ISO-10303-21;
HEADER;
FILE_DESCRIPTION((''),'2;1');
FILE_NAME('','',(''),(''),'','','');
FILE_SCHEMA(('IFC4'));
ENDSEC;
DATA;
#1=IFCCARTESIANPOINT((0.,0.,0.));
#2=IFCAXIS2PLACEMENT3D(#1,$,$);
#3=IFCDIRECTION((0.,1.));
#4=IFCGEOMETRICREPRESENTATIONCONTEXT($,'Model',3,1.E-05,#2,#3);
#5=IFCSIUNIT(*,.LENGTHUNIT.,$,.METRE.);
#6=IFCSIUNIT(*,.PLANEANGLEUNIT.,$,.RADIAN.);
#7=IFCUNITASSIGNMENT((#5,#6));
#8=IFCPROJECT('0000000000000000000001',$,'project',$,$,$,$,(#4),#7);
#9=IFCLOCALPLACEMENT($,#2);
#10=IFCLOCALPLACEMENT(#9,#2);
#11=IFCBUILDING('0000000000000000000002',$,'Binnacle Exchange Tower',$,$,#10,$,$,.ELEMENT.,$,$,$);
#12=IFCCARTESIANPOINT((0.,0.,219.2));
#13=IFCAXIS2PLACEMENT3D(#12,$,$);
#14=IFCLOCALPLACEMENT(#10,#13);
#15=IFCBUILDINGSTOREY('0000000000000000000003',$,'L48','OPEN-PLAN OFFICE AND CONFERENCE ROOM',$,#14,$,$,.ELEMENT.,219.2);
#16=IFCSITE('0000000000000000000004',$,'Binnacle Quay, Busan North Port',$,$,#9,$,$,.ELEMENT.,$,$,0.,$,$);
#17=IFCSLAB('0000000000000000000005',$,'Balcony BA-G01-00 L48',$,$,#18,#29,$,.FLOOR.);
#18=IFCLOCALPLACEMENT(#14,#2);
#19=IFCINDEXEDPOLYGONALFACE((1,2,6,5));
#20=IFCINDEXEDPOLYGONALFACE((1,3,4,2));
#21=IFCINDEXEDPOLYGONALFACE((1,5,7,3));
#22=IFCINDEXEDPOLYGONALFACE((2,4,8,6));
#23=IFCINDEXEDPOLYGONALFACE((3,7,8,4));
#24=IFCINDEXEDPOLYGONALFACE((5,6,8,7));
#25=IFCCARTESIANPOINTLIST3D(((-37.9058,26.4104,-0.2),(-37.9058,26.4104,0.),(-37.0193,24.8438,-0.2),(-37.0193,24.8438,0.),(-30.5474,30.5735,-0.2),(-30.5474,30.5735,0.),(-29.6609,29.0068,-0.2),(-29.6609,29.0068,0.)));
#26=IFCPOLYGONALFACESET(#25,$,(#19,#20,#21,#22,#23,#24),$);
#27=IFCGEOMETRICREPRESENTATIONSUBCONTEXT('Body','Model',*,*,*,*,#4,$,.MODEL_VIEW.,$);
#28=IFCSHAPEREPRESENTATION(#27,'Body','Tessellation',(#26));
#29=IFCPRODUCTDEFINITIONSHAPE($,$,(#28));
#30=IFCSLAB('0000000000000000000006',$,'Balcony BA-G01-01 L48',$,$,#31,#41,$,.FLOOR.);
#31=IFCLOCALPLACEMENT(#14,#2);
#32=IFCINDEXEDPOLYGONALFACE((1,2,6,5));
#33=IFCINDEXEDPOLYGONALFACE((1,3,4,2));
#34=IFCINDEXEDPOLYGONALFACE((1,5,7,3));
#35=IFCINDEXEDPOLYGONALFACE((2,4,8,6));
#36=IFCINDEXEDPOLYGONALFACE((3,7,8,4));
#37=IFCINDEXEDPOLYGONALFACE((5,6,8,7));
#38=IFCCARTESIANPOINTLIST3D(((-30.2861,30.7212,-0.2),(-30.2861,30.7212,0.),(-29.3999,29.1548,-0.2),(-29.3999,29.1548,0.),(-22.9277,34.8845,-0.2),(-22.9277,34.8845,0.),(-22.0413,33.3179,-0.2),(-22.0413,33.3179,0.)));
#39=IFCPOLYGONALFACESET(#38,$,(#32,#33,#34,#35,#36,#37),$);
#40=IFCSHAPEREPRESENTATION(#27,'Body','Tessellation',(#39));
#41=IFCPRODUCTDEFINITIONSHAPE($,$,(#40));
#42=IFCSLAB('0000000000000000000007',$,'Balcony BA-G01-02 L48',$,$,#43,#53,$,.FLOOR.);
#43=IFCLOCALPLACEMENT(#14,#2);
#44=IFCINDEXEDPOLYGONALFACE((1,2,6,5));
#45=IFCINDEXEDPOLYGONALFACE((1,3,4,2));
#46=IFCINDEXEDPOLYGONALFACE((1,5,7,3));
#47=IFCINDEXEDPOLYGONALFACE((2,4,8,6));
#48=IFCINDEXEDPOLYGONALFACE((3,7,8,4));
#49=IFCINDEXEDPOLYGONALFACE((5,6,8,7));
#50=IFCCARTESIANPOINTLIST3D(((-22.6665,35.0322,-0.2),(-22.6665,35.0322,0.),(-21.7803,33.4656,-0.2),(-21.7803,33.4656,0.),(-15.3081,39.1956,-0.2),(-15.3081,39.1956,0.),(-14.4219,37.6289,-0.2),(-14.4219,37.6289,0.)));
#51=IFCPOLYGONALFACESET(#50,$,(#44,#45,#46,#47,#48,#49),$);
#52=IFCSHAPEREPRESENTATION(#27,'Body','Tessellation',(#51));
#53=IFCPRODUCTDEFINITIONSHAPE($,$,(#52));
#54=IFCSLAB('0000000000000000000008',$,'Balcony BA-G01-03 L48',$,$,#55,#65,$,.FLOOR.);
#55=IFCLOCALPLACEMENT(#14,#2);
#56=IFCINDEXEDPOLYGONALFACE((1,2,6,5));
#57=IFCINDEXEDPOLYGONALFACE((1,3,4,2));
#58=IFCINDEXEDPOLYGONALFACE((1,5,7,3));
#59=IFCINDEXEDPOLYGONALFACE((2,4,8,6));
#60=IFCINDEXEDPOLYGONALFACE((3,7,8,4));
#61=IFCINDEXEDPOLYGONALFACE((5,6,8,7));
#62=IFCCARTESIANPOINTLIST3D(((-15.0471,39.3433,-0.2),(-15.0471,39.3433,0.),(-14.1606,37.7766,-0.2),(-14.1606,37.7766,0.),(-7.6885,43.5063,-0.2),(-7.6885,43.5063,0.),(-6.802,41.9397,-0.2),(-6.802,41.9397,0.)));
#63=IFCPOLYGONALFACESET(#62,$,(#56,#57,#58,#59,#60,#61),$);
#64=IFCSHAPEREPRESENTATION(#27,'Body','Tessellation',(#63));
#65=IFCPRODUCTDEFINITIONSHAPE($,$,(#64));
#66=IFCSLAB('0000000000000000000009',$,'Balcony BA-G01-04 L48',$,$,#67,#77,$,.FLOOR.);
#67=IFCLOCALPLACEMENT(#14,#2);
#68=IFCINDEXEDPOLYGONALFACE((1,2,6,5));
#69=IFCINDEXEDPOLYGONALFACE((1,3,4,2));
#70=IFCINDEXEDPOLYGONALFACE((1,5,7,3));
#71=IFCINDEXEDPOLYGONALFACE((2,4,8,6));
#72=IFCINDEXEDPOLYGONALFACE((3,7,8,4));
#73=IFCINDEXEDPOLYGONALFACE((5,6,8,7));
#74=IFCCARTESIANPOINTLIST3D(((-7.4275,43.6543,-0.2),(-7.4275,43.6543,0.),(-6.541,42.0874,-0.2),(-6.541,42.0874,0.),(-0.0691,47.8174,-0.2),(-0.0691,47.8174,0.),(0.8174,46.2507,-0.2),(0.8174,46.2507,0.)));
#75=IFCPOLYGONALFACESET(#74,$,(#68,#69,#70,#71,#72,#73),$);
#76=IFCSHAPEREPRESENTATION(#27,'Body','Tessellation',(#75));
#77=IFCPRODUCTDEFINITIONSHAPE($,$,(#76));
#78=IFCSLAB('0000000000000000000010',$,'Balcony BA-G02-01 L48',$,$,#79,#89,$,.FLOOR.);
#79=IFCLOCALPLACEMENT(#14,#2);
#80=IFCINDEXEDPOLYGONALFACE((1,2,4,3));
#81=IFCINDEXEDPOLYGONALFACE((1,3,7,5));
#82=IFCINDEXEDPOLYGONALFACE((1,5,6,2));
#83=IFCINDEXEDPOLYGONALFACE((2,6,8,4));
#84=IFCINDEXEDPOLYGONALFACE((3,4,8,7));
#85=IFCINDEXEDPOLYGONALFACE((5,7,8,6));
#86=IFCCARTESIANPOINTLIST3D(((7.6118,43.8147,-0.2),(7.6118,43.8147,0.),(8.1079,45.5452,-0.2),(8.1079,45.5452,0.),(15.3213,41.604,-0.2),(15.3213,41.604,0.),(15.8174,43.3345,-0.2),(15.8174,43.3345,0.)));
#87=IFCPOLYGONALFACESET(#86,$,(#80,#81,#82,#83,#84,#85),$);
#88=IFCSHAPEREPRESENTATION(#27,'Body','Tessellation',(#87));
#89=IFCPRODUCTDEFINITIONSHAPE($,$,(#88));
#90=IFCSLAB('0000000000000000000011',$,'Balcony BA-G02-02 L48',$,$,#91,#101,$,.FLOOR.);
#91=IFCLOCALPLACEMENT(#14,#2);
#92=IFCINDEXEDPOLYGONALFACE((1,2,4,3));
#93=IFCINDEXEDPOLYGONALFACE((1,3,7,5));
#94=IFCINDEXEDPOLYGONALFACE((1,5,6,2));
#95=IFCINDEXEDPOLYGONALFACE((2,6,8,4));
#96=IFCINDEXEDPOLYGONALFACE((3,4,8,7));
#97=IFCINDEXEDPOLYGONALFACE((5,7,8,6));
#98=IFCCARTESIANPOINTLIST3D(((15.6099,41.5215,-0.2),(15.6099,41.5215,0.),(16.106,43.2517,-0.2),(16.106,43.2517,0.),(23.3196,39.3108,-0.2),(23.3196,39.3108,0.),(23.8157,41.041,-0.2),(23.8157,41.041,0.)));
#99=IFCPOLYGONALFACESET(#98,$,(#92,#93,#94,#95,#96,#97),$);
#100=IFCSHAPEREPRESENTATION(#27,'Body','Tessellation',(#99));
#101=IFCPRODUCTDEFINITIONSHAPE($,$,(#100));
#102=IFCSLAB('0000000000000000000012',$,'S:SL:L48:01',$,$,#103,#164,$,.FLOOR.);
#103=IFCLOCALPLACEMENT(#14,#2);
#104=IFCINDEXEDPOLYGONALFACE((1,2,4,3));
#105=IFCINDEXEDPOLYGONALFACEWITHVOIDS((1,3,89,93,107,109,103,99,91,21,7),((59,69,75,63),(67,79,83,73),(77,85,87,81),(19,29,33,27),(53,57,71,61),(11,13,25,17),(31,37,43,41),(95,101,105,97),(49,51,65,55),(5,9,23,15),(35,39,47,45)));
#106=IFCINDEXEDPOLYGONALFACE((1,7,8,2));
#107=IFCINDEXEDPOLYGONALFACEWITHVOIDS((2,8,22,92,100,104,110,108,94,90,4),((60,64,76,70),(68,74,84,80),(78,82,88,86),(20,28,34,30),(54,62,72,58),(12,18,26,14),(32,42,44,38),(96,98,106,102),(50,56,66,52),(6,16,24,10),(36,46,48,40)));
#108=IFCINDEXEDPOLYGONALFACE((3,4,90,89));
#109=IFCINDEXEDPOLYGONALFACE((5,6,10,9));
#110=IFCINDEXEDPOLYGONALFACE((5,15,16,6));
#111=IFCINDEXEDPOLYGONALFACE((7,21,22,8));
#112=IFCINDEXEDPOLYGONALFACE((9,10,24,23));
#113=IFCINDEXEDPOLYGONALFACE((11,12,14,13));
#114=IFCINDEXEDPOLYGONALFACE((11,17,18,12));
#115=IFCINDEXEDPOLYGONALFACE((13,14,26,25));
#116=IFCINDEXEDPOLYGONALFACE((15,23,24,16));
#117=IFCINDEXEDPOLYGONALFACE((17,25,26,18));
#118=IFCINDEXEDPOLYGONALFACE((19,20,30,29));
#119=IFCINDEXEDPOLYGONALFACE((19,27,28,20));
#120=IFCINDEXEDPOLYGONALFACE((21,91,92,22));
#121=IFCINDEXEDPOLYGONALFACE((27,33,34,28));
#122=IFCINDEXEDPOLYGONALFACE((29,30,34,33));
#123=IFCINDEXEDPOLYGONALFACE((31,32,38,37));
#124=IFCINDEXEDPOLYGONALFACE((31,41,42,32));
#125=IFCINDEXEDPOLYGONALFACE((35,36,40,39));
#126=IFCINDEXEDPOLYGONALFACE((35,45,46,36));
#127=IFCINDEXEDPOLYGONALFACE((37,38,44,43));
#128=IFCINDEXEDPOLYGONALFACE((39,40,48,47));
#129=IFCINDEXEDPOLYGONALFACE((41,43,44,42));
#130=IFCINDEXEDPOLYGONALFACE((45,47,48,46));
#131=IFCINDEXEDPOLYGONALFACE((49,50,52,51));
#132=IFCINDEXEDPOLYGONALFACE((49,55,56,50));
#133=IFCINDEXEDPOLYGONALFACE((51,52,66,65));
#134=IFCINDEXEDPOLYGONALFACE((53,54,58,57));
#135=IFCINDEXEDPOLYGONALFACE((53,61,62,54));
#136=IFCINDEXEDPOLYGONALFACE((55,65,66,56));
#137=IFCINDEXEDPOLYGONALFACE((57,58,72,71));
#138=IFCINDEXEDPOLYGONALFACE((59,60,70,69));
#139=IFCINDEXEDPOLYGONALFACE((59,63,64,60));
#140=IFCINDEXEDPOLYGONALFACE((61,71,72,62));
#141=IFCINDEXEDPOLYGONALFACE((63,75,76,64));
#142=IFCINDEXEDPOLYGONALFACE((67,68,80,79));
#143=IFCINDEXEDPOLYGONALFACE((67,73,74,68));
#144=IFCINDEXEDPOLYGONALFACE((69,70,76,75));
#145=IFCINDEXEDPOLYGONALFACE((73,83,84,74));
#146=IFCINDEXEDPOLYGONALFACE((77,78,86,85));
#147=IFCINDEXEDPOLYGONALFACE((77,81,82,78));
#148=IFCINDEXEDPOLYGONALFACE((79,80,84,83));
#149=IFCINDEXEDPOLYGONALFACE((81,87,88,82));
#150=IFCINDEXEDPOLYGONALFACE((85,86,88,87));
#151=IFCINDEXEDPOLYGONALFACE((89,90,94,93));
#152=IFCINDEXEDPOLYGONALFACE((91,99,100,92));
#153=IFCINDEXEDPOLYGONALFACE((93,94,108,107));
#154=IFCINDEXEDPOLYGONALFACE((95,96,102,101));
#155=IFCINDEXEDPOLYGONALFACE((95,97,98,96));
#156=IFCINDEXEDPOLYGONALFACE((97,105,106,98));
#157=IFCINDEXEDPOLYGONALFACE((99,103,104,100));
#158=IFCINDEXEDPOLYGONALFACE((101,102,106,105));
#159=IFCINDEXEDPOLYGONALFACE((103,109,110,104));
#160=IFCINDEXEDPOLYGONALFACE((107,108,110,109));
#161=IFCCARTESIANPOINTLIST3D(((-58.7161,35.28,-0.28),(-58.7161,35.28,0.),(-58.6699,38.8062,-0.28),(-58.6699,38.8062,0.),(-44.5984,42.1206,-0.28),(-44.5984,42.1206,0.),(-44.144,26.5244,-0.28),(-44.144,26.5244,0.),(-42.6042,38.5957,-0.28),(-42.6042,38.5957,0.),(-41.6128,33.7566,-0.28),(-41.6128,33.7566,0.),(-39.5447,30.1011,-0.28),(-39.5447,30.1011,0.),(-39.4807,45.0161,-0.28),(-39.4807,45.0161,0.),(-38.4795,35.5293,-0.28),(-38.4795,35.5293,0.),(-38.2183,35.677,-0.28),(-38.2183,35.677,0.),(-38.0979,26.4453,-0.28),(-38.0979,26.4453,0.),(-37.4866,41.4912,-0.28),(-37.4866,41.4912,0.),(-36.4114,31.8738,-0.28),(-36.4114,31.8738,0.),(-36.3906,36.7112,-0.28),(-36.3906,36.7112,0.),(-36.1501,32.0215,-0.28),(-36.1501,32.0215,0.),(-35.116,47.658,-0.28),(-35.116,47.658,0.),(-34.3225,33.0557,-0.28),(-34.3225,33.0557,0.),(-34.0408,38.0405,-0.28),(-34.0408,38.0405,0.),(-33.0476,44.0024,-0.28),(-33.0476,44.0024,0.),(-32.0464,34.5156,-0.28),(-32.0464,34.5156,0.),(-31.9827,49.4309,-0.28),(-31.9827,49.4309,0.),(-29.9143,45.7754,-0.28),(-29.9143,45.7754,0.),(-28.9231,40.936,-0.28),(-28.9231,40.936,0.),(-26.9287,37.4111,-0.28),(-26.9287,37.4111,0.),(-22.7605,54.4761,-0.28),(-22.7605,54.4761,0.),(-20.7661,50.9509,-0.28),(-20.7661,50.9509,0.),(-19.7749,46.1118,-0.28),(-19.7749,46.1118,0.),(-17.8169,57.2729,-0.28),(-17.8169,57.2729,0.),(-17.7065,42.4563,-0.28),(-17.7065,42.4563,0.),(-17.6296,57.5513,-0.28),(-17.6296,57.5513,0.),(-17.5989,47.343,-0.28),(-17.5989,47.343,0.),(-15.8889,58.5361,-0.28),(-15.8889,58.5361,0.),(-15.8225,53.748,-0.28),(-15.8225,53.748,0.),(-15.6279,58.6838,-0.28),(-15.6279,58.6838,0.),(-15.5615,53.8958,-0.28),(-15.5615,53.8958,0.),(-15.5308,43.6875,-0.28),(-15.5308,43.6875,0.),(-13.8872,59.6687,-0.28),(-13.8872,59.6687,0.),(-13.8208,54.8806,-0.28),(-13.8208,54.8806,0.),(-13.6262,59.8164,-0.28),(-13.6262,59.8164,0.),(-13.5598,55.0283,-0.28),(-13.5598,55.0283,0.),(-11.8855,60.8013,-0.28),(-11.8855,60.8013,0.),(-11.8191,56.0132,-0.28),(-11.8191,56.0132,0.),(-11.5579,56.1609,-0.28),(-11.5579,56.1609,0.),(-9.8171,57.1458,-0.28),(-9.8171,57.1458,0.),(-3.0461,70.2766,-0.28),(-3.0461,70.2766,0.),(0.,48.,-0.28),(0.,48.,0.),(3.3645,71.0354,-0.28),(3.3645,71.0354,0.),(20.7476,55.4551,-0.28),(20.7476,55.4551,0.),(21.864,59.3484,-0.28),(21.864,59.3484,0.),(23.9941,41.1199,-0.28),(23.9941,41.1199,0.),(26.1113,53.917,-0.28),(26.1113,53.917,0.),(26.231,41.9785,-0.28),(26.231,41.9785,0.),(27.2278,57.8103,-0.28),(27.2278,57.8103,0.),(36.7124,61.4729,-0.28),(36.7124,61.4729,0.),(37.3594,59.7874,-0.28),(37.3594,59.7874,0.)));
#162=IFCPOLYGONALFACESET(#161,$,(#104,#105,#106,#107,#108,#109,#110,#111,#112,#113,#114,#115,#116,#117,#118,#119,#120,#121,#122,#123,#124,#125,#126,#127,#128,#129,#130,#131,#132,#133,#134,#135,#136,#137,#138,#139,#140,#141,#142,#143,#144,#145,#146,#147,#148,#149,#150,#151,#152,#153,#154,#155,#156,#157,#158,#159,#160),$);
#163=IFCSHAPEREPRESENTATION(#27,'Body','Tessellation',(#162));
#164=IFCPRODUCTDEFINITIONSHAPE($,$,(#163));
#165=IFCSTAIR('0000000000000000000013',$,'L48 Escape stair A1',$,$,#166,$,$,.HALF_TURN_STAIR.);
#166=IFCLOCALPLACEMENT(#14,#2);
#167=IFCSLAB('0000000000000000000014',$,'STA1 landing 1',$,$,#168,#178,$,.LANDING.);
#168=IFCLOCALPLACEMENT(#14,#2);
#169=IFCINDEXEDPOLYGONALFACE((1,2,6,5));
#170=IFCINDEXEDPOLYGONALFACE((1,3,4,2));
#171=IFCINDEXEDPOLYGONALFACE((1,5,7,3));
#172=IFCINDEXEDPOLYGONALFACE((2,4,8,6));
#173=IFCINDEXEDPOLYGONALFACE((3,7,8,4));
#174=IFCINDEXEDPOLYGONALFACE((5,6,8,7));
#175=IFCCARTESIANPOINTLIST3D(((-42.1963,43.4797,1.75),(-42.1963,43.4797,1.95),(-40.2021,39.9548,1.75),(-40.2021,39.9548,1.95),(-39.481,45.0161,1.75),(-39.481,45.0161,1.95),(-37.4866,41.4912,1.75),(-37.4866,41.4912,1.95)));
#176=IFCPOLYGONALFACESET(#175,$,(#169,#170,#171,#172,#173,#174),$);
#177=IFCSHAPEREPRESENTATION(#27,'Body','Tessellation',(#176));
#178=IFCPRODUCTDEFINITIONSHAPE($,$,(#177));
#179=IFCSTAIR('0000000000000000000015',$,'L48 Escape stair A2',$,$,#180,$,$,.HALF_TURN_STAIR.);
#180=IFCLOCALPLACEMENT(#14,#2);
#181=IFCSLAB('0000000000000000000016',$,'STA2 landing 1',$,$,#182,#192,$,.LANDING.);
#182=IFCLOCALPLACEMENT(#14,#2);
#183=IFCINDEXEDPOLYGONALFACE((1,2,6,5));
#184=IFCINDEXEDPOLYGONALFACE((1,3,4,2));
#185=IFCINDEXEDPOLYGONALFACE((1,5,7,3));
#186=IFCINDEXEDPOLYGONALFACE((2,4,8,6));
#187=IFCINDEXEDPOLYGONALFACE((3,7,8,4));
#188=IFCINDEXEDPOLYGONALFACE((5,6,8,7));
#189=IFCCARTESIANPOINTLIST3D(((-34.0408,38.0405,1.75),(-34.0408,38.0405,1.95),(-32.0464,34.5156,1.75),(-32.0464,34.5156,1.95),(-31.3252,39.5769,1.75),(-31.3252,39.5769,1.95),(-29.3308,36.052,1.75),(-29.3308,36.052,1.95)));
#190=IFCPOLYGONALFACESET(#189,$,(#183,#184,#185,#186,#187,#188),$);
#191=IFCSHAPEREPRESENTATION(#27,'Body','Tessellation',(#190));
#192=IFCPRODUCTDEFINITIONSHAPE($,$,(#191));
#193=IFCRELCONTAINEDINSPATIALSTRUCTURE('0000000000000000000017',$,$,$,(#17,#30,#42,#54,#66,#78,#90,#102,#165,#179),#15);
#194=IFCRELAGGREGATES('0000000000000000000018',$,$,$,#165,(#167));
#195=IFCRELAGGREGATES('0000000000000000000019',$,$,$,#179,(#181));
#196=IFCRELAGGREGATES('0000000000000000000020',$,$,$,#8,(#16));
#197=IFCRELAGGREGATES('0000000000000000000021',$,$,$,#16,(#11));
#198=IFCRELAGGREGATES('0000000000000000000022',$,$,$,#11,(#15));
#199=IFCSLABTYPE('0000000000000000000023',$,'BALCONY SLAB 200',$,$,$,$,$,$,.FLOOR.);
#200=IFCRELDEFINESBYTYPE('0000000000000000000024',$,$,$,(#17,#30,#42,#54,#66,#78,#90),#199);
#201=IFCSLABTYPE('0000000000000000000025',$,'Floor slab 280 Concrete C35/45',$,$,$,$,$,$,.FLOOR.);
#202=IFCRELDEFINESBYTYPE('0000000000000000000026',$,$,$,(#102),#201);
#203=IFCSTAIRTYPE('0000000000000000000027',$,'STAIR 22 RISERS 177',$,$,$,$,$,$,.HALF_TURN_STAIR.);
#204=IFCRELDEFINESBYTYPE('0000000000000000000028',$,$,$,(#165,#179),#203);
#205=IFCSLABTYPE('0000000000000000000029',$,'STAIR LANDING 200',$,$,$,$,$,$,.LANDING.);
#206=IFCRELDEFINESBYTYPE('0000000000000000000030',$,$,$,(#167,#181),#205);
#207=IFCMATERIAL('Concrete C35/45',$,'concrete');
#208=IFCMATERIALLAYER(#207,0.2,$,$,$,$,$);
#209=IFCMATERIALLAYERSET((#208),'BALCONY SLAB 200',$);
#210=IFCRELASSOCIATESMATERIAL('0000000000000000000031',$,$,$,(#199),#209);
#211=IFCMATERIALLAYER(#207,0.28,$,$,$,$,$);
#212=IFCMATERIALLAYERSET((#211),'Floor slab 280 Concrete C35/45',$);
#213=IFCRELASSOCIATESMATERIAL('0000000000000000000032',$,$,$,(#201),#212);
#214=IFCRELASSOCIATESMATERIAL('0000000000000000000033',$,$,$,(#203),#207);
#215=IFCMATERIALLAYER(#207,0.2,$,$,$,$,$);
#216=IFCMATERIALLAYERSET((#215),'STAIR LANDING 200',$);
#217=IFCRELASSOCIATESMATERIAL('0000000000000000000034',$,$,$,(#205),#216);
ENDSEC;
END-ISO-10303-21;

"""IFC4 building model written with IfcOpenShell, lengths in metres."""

from ifc_helpers import new_model, si_unit, direction, frame, origin, place, context, subcontext, project, spatial, polyline, outline, extrude, material, layer, layer_set, type_object, element, aggregate, save


model = new_model("IFC4")

# Units and contexts
model_context = context("Model", 3, precision=1e-05, world=origin(), true_north=direction((0.0, 1.0)))
body_context = subcontext(model_context, "Body", "Model", "MODEL_VIEW")
ifc_project = project(units=[si_unit("LENGTHUNIT", "METRE"), si_unit("PLANEANGLEUNIT", "RADIAN")], contexts=[model_context])

# Site, building, storey
site_placement = place(None, origin())
site = spatial("IfcSite", under=ifc_project, at=site_placement, Name="Binnacle Quay, Busan North Port", CompositionType="ELEMENT", RefElevation=0.0)
building_placement = place(site_placement, origin())
building = spatial("IfcBuilding", under=site, at=building_placement, Name="Binnacle Exchange Tower", CompositionType="ELEMENT")
storey_placement = place(building_placement, frame((0.0, 0.0, 219.2)))
storey = spatial("IfcBuildingStorey", under=building, at=storey_placement, Name="L48", Description="OPEN-PLAN OFFICE AND CONFERENCE ROOM", CompositionType="ELEMENT", Elevation=219.2)

# Slabs
ifc_material_1 = material(Name="Concrete C35/45", Category="concrete")
ifc_layer_1 = layer(ifc_material_1, 0.2)
ifc_layer_set_1 = layer_set([ifc_layer_1], Name="BALCONY SLAB 200")
slab_type_1 = type_object("IfcSlabType", Name="BALCONY SLAB 200", PredefinedType="FLOOR", material=ifc_layer_set_1)
slab_1_placement = place(storey_placement, frame((0.0, 0.0, -0.2)))
element("IfcSlab", 1, at=slab_1_placement, inside=storey, type_object=slab_type_1, Name="Balcony BA-G01-00 L48", PredefinedType="FLOOR", context=body_context, shape_type="SweptSolid", body=[
    extrude(outline(polyline([(-37.9058, 26.4104), (-30.5474, 30.5735), (-29.6609, 29.0068), (-37.0193, 24.8438), (-37.9058, 26.4104)])), origin(), (0.0, 0.0, 1.0), 0.2),
])
slab_2_placement = place(storey_placement, frame((0.0, 0.0, -0.2)))
element("IfcSlab", 2, at=slab_2_placement, inside=storey, type_object=slab_type_1, Name="Balcony BA-G01-01 L48", PredefinedType="FLOOR", context=body_context, shape_type="SweptSolid", body=[
    extrude(outline(polyline([(-30.2861, 30.7212), (-22.9277, 34.8845), (-22.0413, 33.3179), (-29.3999, 29.1548), (-30.2861, 30.7212)])), origin(), (0.0, 0.0, 1.0), 0.2),
])
slab_3_placement = place(storey_placement, frame((0.0, 0.0, -0.2)))
element("IfcSlab", 3, at=slab_3_placement, inside=storey, type_object=slab_type_1, Name="Balcony BA-G01-02 L48", PredefinedType="FLOOR", context=body_context, shape_type="SweptSolid", body=[
    extrude(outline(polyline([(-22.6665, 35.0322), (-15.3081, 39.1956), (-14.4219, 37.6289), (-21.7803, 33.4656), (-22.6665, 35.0322)])), origin(), (0.0, 0.0, 1.0), 0.2),
])
slab_4_placement = place(storey_placement, frame((0.0, 0.0, -0.2)))
element("IfcSlab", 4, at=slab_4_placement, inside=storey, type_object=slab_type_1, Name="Balcony BA-G01-03 L48", PredefinedType="FLOOR", context=body_context, shape_type="SweptSolid", body=[
    extrude(outline(polyline([(-15.0471, 39.3433), (-7.6885, 43.5063), (-6.802, 41.9397), (-14.1606, 37.7766), (-15.0471, 39.3433)])), origin(), (0.0, 0.0, 1.0), 0.2),
])
slab_5_placement = place(storey_placement, frame((0.0, 0.0, -0.2)))
element("IfcSlab", 5, at=slab_5_placement, inside=storey, type_object=slab_type_1, Name="Balcony BA-G01-04 L48", PredefinedType="FLOOR", context=body_context, shape_type="SweptSolid", body=[
    extrude(outline(polyline([(-7.4275, 43.6543), (-0.0691, 47.8174), (0.8174, 46.2507), (-6.541, 42.0874), (-7.4275, 43.6543)])), origin(), (0.0, 0.0, 1.0), 0.2),
])
slab_6_placement = place(storey_placement, frame((0.0, 0.0, -0.2)))
element("IfcSlab", 6, at=slab_6_placement, inside=storey, type_object=slab_type_1, Name="Balcony BA-G02-01 L48", PredefinedType="FLOOR", context=body_context, shape_type="SweptSolid", body=[
    extrude(outline(polyline([(8.1079, 45.5452), (15.8174, 43.3345), (15.3213, 41.604), (7.6118, 43.8147), (8.1079, 45.5452)])), origin(), (0.0, 0.0, 1.0), 0.2),
])
slab_7_placement = place(storey_placement, frame((0.0, 0.0, -0.2)))
element("IfcSlab", 7, at=slab_7_placement, inside=storey, type_object=slab_type_1, Name="Balcony BA-G02-02 L48", PredefinedType="FLOOR", context=body_context, shape_type="SweptSolid", body=[
    extrude(outline(polyline([(16.106, 43.2517), (23.8157, 41.041), (23.3196, 39.3108), (15.6099, 41.5215), (16.106, 43.2517)])), origin(), (0.0, 0.0, 1.0), 0.2),
])
ifc_layer_2 = layer(ifc_material_1, 0.28)
ifc_layer_set_2 = layer_set([ifc_layer_2], Name="Floor slab 280 Concrete C35/45")
slab_type_2 = type_object("IfcSlabType", Name="Floor slab 280 Concrete C35/45", PredefinedType="FLOOR", material=ifc_layer_set_2)
slab_8_placement = place(storey_placement, frame((0.0, 0.0, -0.28)))
element("IfcSlab", 8, at=slab_8_placement, inside=storey, type_object=slab_type_2, Name="S:SL:L48:01", PredefinedType="FLOOR", context=body_context, shape_type="SweptSolid", body=[
    extrude(outline(polyline([(-58.7161, 35.28), (-58.6699, 38.8062), (-3.0461, 70.2766), (3.3645, 71.0354), (36.7124, 61.4729), (37.3594, 59.7874), (26.231, 41.9785), (23.9941, 41.1199), (0.0, 48.0), (-38.0979, 26.4453), (-44.144, 26.5244), (-58.7161, 35.28)]), holes=[polyline([(-38.4795, 35.5293), (-41.6128, 33.7566), (-39.5447, 30.1011), (-36.4114, 31.8738), (-38.4795, 35.5293)]), polyline([(-36.3906, 36.7112), (-38.2183, 35.677), (-36.1501, 32.0215), (-34.3225, 33.0557), (-36.3906, 36.7112)]), polyline([(-32.0464, 34.5156), (-26.9287, 37.4111), (-28.9231, 40.936), (-34.0408, 38.0405), (-32.0464, 34.5156)]), polyline([(-37.4866, 41.4912), (-39.4807, 45.0161), (-44.5984, 42.1206), (-42.6042, 38.5957), (-37.4866, 41.4912)]), polyline([(-29.9143, 45.7754), (-31.9827, 49.4309), (-35.116, 47.658), (-33.0476, 44.0024), (-29.9143, 45.7754)]), polyline([(-17.8169, 57.2729), (-22.7605, 54.4761), (-20.7661, 50.9509), (-15.8225, 53.748), (-17.8169, 57.2729)]), polyline([(-15.5308, 43.6875), (-17.5989, 47.343), (-19.7749, 46.1118), (-17.7065, 42.4563), (-15.5308, 43.6875)]), polyline([(-13.8208, 54.8806), (-15.8889, 58.5361), (-17.6296, 57.5513), (-15.5615, 53.8958), (-13.8208, 54.8806)]), polyline([(27.2278, 57.8103), (21.864, 59.3484), (20.7476, 55.4551), (26.1113, 53.917), (27.2278, 57.8103)]), polyline([(-11.8191, 56.0132), (-13.8872, 59.6687), (-15.6279, 58.6838), (-13.5598, 55.0283), (-11.8191, 56.0132)]), polyline([(-9.8171, 57.1458), (-11.8855, 60.8013), (-13.6262, 59.8164), (-11.5579, 56.1609), (-9.8171, 57.1458)])]), origin(), (0.0, 0.0, 1.0), 0.28),
])

# Stairs, slabs
stair_type = type_object("IfcStairType", Name="STAIR 22 RISERS 177", PredefinedType="HALF_TURN_STAIR", material=ifc_material_1)
stair_1_placement = place(storey_placement, origin())
stair_1 = element("IfcStair", 9, at=stair_1_placement, inside=storey, type_object=stair_type, Name="L48 Escape stair A1", PredefinedType="HALF_TURN_STAIR")
ifc_layer_3 = layer(ifc_material_1, 0.2)
ifc_layer_set_3 = layer_set([ifc_layer_3], Name="STAIR LANDING 200")
slab_type_3 = type_object("IfcSlabType", Name="STAIR LANDING 200", PredefinedType="LANDING", material=ifc_layer_set_3)
slab_9_placement = place(storey_placement, frame((0.0, 0.0, 1.75)))
slab_9 = element("IfcSlab", 10, at=slab_9_placement, type_object=slab_type_3, Name="STA1 landing 1", PredefinedType="LANDING", context=body_context, shape_type="SweptSolid", body=[
    extrude(outline(polyline([(-40.2021, 39.9548), (-37.4866, 41.4912), (-39.481, 45.0161), (-42.1963, 43.4797), (-40.2021, 39.9548)])), origin(), (0.0, 0.0, 1.0), 0.2),
])
aggregate(stair_1, [slab_9])
stair_2_placement = place(storey_placement, origin())
stair_2 = element("IfcStair", 11, at=stair_2_placement, inside=storey, type_object=stair_type, Name="L48 Escape stair A2", PredefinedType="HALF_TURN_STAIR")
slab_10_placement = place(storey_placement, frame((0.0, 0.0, 1.75)))
slab_10 = element("IfcSlab", 12, at=slab_10_placement, type_object=slab_type_3, Name="STA2 landing 1", PredefinedType="LANDING", context=body_context, shape_type="SweptSolid", body=[
    extrude(outline(polyline([(-31.3252, 39.5769), (-34.0408, 38.0405), (-32.0464, 34.5156), (-29.3308, 36.052), (-31.3252, 39.5769)])), origin(), (0.0, 0.0, 1.0), 0.2),
])
aggregate(stair_2, [slab_10])

save(model, "model.ifc")
